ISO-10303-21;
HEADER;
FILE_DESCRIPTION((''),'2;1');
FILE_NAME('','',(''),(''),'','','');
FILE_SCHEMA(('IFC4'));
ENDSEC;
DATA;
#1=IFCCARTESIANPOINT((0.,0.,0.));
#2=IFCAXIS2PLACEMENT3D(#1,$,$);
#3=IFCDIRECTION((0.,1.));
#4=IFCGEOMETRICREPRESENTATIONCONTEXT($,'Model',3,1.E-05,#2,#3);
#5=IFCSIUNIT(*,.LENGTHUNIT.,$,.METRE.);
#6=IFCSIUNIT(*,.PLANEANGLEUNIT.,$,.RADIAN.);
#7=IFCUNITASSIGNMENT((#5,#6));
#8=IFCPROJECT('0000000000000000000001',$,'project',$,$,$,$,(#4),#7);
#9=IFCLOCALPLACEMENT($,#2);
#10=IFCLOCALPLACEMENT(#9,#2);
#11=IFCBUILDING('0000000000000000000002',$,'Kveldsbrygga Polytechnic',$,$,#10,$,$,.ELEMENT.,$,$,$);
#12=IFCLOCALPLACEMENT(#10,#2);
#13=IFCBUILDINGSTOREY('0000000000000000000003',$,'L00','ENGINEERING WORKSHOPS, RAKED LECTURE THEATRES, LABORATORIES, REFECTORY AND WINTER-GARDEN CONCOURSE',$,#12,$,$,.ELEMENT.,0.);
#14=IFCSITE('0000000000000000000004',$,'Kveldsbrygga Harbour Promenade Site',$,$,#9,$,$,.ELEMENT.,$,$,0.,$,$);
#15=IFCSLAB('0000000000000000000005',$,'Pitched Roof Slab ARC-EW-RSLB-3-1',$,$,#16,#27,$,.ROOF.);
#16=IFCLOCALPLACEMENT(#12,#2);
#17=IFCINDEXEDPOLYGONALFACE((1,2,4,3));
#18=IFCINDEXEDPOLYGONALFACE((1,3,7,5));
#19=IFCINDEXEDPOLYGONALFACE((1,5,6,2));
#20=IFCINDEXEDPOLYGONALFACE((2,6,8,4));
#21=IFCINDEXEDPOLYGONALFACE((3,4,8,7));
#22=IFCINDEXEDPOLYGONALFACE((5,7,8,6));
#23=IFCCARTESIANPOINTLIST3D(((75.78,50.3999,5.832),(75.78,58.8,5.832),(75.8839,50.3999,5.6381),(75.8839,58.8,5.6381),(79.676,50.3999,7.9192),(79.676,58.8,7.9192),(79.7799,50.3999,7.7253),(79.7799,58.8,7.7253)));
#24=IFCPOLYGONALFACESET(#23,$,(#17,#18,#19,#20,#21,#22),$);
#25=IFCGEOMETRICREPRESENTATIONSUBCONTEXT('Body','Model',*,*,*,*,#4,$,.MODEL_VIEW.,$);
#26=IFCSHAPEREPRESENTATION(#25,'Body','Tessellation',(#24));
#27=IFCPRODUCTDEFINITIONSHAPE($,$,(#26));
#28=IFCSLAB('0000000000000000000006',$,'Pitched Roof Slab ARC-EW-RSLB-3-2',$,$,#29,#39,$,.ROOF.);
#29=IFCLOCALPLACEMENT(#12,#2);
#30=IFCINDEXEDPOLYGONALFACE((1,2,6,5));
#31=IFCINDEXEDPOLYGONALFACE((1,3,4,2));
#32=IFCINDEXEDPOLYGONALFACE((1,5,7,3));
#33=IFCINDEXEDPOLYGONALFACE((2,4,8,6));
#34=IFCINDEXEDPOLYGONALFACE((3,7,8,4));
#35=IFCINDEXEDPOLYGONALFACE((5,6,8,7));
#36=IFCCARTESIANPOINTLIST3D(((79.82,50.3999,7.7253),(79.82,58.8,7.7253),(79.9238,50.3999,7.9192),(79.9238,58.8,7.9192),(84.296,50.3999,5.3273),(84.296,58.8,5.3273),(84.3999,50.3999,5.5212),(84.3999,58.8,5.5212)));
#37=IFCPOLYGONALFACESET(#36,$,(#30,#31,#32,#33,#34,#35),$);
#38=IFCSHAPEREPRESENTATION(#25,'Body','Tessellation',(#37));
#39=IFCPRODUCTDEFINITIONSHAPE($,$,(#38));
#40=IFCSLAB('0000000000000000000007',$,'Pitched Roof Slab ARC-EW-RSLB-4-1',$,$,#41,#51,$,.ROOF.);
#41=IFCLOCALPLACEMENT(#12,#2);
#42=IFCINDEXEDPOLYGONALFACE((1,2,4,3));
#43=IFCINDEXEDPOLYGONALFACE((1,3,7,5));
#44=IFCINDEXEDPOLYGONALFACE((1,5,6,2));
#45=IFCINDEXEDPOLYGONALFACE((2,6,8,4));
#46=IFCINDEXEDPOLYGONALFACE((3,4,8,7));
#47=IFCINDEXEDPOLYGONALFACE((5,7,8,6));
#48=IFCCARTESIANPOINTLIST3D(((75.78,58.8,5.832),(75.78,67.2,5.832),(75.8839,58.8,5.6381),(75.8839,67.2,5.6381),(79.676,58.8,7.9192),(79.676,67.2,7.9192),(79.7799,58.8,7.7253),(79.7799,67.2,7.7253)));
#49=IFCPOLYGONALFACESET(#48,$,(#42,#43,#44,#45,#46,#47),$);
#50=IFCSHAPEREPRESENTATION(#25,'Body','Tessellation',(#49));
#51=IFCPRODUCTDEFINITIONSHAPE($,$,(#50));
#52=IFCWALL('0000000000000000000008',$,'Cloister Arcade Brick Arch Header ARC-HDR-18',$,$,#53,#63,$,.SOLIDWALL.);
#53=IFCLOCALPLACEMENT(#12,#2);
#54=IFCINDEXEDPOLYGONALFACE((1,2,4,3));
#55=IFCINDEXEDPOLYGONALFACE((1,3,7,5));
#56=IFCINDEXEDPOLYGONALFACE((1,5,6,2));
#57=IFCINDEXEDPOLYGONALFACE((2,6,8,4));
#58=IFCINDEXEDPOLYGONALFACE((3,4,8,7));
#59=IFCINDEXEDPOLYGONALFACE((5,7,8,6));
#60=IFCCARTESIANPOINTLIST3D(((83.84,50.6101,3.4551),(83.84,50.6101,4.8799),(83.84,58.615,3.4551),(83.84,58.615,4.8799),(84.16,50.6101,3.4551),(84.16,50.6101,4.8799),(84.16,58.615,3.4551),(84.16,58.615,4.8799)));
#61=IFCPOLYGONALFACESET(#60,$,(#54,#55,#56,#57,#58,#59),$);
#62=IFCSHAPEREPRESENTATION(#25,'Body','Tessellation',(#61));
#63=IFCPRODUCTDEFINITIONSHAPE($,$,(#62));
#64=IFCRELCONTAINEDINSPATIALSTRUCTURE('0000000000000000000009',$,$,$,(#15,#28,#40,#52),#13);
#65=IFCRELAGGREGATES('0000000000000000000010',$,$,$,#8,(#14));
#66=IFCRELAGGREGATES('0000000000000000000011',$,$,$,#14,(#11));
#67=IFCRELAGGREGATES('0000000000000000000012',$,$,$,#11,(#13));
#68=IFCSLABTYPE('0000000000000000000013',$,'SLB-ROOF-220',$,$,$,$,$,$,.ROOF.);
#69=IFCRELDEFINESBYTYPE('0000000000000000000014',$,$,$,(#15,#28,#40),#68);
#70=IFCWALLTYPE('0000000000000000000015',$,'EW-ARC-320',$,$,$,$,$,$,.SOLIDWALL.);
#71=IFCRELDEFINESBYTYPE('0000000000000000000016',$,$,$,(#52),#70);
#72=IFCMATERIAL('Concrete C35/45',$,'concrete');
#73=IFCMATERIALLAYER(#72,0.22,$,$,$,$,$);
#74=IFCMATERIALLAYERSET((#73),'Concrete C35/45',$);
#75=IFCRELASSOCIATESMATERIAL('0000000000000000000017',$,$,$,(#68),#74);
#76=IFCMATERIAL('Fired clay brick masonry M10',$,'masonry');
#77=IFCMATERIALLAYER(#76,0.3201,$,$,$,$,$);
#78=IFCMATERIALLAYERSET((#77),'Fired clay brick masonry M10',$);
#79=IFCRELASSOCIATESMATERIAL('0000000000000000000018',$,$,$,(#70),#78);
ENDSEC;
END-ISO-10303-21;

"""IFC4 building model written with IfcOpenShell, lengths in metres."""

from ifc_helpers import new_model, si_unit, direction, frame, frame_2d, origin, place, context, subcontext, project, spatial, polyline, rectangle, outline, extrude, material, layer, layer_set, type_object, element, save


model = new_model("IFC4")

# Units and contexts
model_context = context("Model", 3, precision=1e-05, world=origin(), true_north=direction((0.0, 1.0)))
body_context = subcontext(model_context, "Body", "Model", "MODEL_VIEW")
ifc_project = project(units=[si_unit("LENGTHUNIT", "METRE"), si_unit("PLANEANGLEUNIT", "RADIAN")], contexts=[model_context])

# Site, building, storey
site_placement = place(None, origin())
site = spatial("IfcSite", under=ifc_project, at=site_placement, Name="Kveldsbrygga Harbour Promenade Site", CompositionType="ELEMENT", RefElevation=0.0)
building_placement = place(site_placement, origin())
building = spatial("IfcBuilding", under=site, at=building_placement, Name="Kveldsbrygga Polytechnic", CompositionType="ELEMENT")
storey_placement = place(building_placement, origin())
storey = spatial("IfcBuildingStorey", under=building, at=storey_placement, Name="L00", Description="ENGINEERING WORKSHOPS, RAKED LECTURE THEATRES, LABORATORIES, REFECTORY AND WINTER-GARDEN CONCOURSE", CompositionType="ELEMENT", Elevation=0.0)

# Shared definitions
ifc_material_1 = material(Name="Concrete C35/45", Category="concrete")

# Slabs
ifc_layer_1 = layer(ifc_material_1, 0.22)
ifc_layer_set_1 = layer_set([ifc_layer_1], Name="Concrete C35/45")
slab_type = type_object("IfcSlabType", Name="SLB-ROOF-220", PredefinedType="ROOF", material=ifc_layer_set_1)
slab_1_placement = place(storey_placement, frame((75.78, 50.3999, 5.832), z_axis=(-0.472224, 0.0, 0.881478), x_axis=(0.881478, 0.0, 0.472224)))
element("IfcSlab", 1, at=slab_1_placement, inside=storey, type_object=slab_type, Name="Pitched Roof Slab ARC-EW-RSLB-3-1", PredefinedType="ROOF", context=body_context, shape_type="SweptSolid", body=[
    extrude(outline(polyline([(0.0, 0.0), (4.4198, 0.0), (4.4198, 8.4001), (0.0, 8.4001), (0.0, 0.0)])), origin(), (0.0, 0.0, -1.0), 0.22),
])
slab_2_placement = place(storey_placement, frame((79.9238, 50.3999, 7.9192), z_axis=(0.472229, 0.0, 0.881476), x_axis=(0.881476, 0.0, -0.472229)))
element("IfcSlab", 2, at=slab_2_placement, inside=storey, type_object=slab_type, Name="Pitched Roof Slab ARC-EW-RSLB-3-2", PredefinedType="ROOF", context=body_context, shape_type="SweptSolid", body=[
    extrude(outline(polyline([(0.0, 0.0), (5.0779, 0.0), (5.0779, 8.4001), (0.0, 8.4001), (0.0, 0.0)])), origin(), (0.0, 0.0, -1.0), 0.22),
])
slab_3_placement = place(storey_placement, frame((75.78, 58.8, 5.832), z_axis=(-0.472224, 0.0, 0.881478), x_axis=(0.881478, 0.0, 0.472224)))
element("IfcSlab", 3, at=slab_3_placement, inside=storey, type_object=slab_type, Name="Pitched Roof Slab ARC-EW-RSLB-4-1", PredefinedType="ROOF", context=body_context, shape_type="SweptSolid", body=[
    extrude(outline(polyline([(0.0, 0.0), (4.4198, 0.0), (4.4198, 8.3999), (0.0, 8.3999), (0.0, 0.0)])), origin(), (0.0, 0.0, -1.0), 0.22),
])

# Wall
ifc_material_2 = material(Name="Fired clay brick masonry M10", Category="masonry")
ifc_layer_2 = layer(ifc_material_2, 0.3201)
ifc_layer_set_2 = layer_set([ifc_layer_2], Name="Fired clay brick masonry M10")
wall_type = type_object("IfcWallType", Name="EW-ARC-320", PredefinedType="SOLIDWALL", material=ifc_layer_set_2)
wall_placement = place(storey_placement, frame((84.0, 50.6101, 3.4551), z_axis=(0.0, 0.0, 1.0), x_axis=(0.0, 1.0, 0.0)))
element("IfcWall", 4, at=wall_placement, inside=storey, type_object=wall_type, Name="Cloister Arcade Brick Arch Header ARC-HDR-18", PredefinedType="SOLIDWALL", context=body_context, shape_type="SweptSolid", body=[
    extrude(rectangle(XDim=8.0049, YDim=0.3201, at=frame_2d((4.0024, 0.0))), origin(), (0.0, 0.0, 1.0), 1.4248),
])

save(model, "model.ifc")
